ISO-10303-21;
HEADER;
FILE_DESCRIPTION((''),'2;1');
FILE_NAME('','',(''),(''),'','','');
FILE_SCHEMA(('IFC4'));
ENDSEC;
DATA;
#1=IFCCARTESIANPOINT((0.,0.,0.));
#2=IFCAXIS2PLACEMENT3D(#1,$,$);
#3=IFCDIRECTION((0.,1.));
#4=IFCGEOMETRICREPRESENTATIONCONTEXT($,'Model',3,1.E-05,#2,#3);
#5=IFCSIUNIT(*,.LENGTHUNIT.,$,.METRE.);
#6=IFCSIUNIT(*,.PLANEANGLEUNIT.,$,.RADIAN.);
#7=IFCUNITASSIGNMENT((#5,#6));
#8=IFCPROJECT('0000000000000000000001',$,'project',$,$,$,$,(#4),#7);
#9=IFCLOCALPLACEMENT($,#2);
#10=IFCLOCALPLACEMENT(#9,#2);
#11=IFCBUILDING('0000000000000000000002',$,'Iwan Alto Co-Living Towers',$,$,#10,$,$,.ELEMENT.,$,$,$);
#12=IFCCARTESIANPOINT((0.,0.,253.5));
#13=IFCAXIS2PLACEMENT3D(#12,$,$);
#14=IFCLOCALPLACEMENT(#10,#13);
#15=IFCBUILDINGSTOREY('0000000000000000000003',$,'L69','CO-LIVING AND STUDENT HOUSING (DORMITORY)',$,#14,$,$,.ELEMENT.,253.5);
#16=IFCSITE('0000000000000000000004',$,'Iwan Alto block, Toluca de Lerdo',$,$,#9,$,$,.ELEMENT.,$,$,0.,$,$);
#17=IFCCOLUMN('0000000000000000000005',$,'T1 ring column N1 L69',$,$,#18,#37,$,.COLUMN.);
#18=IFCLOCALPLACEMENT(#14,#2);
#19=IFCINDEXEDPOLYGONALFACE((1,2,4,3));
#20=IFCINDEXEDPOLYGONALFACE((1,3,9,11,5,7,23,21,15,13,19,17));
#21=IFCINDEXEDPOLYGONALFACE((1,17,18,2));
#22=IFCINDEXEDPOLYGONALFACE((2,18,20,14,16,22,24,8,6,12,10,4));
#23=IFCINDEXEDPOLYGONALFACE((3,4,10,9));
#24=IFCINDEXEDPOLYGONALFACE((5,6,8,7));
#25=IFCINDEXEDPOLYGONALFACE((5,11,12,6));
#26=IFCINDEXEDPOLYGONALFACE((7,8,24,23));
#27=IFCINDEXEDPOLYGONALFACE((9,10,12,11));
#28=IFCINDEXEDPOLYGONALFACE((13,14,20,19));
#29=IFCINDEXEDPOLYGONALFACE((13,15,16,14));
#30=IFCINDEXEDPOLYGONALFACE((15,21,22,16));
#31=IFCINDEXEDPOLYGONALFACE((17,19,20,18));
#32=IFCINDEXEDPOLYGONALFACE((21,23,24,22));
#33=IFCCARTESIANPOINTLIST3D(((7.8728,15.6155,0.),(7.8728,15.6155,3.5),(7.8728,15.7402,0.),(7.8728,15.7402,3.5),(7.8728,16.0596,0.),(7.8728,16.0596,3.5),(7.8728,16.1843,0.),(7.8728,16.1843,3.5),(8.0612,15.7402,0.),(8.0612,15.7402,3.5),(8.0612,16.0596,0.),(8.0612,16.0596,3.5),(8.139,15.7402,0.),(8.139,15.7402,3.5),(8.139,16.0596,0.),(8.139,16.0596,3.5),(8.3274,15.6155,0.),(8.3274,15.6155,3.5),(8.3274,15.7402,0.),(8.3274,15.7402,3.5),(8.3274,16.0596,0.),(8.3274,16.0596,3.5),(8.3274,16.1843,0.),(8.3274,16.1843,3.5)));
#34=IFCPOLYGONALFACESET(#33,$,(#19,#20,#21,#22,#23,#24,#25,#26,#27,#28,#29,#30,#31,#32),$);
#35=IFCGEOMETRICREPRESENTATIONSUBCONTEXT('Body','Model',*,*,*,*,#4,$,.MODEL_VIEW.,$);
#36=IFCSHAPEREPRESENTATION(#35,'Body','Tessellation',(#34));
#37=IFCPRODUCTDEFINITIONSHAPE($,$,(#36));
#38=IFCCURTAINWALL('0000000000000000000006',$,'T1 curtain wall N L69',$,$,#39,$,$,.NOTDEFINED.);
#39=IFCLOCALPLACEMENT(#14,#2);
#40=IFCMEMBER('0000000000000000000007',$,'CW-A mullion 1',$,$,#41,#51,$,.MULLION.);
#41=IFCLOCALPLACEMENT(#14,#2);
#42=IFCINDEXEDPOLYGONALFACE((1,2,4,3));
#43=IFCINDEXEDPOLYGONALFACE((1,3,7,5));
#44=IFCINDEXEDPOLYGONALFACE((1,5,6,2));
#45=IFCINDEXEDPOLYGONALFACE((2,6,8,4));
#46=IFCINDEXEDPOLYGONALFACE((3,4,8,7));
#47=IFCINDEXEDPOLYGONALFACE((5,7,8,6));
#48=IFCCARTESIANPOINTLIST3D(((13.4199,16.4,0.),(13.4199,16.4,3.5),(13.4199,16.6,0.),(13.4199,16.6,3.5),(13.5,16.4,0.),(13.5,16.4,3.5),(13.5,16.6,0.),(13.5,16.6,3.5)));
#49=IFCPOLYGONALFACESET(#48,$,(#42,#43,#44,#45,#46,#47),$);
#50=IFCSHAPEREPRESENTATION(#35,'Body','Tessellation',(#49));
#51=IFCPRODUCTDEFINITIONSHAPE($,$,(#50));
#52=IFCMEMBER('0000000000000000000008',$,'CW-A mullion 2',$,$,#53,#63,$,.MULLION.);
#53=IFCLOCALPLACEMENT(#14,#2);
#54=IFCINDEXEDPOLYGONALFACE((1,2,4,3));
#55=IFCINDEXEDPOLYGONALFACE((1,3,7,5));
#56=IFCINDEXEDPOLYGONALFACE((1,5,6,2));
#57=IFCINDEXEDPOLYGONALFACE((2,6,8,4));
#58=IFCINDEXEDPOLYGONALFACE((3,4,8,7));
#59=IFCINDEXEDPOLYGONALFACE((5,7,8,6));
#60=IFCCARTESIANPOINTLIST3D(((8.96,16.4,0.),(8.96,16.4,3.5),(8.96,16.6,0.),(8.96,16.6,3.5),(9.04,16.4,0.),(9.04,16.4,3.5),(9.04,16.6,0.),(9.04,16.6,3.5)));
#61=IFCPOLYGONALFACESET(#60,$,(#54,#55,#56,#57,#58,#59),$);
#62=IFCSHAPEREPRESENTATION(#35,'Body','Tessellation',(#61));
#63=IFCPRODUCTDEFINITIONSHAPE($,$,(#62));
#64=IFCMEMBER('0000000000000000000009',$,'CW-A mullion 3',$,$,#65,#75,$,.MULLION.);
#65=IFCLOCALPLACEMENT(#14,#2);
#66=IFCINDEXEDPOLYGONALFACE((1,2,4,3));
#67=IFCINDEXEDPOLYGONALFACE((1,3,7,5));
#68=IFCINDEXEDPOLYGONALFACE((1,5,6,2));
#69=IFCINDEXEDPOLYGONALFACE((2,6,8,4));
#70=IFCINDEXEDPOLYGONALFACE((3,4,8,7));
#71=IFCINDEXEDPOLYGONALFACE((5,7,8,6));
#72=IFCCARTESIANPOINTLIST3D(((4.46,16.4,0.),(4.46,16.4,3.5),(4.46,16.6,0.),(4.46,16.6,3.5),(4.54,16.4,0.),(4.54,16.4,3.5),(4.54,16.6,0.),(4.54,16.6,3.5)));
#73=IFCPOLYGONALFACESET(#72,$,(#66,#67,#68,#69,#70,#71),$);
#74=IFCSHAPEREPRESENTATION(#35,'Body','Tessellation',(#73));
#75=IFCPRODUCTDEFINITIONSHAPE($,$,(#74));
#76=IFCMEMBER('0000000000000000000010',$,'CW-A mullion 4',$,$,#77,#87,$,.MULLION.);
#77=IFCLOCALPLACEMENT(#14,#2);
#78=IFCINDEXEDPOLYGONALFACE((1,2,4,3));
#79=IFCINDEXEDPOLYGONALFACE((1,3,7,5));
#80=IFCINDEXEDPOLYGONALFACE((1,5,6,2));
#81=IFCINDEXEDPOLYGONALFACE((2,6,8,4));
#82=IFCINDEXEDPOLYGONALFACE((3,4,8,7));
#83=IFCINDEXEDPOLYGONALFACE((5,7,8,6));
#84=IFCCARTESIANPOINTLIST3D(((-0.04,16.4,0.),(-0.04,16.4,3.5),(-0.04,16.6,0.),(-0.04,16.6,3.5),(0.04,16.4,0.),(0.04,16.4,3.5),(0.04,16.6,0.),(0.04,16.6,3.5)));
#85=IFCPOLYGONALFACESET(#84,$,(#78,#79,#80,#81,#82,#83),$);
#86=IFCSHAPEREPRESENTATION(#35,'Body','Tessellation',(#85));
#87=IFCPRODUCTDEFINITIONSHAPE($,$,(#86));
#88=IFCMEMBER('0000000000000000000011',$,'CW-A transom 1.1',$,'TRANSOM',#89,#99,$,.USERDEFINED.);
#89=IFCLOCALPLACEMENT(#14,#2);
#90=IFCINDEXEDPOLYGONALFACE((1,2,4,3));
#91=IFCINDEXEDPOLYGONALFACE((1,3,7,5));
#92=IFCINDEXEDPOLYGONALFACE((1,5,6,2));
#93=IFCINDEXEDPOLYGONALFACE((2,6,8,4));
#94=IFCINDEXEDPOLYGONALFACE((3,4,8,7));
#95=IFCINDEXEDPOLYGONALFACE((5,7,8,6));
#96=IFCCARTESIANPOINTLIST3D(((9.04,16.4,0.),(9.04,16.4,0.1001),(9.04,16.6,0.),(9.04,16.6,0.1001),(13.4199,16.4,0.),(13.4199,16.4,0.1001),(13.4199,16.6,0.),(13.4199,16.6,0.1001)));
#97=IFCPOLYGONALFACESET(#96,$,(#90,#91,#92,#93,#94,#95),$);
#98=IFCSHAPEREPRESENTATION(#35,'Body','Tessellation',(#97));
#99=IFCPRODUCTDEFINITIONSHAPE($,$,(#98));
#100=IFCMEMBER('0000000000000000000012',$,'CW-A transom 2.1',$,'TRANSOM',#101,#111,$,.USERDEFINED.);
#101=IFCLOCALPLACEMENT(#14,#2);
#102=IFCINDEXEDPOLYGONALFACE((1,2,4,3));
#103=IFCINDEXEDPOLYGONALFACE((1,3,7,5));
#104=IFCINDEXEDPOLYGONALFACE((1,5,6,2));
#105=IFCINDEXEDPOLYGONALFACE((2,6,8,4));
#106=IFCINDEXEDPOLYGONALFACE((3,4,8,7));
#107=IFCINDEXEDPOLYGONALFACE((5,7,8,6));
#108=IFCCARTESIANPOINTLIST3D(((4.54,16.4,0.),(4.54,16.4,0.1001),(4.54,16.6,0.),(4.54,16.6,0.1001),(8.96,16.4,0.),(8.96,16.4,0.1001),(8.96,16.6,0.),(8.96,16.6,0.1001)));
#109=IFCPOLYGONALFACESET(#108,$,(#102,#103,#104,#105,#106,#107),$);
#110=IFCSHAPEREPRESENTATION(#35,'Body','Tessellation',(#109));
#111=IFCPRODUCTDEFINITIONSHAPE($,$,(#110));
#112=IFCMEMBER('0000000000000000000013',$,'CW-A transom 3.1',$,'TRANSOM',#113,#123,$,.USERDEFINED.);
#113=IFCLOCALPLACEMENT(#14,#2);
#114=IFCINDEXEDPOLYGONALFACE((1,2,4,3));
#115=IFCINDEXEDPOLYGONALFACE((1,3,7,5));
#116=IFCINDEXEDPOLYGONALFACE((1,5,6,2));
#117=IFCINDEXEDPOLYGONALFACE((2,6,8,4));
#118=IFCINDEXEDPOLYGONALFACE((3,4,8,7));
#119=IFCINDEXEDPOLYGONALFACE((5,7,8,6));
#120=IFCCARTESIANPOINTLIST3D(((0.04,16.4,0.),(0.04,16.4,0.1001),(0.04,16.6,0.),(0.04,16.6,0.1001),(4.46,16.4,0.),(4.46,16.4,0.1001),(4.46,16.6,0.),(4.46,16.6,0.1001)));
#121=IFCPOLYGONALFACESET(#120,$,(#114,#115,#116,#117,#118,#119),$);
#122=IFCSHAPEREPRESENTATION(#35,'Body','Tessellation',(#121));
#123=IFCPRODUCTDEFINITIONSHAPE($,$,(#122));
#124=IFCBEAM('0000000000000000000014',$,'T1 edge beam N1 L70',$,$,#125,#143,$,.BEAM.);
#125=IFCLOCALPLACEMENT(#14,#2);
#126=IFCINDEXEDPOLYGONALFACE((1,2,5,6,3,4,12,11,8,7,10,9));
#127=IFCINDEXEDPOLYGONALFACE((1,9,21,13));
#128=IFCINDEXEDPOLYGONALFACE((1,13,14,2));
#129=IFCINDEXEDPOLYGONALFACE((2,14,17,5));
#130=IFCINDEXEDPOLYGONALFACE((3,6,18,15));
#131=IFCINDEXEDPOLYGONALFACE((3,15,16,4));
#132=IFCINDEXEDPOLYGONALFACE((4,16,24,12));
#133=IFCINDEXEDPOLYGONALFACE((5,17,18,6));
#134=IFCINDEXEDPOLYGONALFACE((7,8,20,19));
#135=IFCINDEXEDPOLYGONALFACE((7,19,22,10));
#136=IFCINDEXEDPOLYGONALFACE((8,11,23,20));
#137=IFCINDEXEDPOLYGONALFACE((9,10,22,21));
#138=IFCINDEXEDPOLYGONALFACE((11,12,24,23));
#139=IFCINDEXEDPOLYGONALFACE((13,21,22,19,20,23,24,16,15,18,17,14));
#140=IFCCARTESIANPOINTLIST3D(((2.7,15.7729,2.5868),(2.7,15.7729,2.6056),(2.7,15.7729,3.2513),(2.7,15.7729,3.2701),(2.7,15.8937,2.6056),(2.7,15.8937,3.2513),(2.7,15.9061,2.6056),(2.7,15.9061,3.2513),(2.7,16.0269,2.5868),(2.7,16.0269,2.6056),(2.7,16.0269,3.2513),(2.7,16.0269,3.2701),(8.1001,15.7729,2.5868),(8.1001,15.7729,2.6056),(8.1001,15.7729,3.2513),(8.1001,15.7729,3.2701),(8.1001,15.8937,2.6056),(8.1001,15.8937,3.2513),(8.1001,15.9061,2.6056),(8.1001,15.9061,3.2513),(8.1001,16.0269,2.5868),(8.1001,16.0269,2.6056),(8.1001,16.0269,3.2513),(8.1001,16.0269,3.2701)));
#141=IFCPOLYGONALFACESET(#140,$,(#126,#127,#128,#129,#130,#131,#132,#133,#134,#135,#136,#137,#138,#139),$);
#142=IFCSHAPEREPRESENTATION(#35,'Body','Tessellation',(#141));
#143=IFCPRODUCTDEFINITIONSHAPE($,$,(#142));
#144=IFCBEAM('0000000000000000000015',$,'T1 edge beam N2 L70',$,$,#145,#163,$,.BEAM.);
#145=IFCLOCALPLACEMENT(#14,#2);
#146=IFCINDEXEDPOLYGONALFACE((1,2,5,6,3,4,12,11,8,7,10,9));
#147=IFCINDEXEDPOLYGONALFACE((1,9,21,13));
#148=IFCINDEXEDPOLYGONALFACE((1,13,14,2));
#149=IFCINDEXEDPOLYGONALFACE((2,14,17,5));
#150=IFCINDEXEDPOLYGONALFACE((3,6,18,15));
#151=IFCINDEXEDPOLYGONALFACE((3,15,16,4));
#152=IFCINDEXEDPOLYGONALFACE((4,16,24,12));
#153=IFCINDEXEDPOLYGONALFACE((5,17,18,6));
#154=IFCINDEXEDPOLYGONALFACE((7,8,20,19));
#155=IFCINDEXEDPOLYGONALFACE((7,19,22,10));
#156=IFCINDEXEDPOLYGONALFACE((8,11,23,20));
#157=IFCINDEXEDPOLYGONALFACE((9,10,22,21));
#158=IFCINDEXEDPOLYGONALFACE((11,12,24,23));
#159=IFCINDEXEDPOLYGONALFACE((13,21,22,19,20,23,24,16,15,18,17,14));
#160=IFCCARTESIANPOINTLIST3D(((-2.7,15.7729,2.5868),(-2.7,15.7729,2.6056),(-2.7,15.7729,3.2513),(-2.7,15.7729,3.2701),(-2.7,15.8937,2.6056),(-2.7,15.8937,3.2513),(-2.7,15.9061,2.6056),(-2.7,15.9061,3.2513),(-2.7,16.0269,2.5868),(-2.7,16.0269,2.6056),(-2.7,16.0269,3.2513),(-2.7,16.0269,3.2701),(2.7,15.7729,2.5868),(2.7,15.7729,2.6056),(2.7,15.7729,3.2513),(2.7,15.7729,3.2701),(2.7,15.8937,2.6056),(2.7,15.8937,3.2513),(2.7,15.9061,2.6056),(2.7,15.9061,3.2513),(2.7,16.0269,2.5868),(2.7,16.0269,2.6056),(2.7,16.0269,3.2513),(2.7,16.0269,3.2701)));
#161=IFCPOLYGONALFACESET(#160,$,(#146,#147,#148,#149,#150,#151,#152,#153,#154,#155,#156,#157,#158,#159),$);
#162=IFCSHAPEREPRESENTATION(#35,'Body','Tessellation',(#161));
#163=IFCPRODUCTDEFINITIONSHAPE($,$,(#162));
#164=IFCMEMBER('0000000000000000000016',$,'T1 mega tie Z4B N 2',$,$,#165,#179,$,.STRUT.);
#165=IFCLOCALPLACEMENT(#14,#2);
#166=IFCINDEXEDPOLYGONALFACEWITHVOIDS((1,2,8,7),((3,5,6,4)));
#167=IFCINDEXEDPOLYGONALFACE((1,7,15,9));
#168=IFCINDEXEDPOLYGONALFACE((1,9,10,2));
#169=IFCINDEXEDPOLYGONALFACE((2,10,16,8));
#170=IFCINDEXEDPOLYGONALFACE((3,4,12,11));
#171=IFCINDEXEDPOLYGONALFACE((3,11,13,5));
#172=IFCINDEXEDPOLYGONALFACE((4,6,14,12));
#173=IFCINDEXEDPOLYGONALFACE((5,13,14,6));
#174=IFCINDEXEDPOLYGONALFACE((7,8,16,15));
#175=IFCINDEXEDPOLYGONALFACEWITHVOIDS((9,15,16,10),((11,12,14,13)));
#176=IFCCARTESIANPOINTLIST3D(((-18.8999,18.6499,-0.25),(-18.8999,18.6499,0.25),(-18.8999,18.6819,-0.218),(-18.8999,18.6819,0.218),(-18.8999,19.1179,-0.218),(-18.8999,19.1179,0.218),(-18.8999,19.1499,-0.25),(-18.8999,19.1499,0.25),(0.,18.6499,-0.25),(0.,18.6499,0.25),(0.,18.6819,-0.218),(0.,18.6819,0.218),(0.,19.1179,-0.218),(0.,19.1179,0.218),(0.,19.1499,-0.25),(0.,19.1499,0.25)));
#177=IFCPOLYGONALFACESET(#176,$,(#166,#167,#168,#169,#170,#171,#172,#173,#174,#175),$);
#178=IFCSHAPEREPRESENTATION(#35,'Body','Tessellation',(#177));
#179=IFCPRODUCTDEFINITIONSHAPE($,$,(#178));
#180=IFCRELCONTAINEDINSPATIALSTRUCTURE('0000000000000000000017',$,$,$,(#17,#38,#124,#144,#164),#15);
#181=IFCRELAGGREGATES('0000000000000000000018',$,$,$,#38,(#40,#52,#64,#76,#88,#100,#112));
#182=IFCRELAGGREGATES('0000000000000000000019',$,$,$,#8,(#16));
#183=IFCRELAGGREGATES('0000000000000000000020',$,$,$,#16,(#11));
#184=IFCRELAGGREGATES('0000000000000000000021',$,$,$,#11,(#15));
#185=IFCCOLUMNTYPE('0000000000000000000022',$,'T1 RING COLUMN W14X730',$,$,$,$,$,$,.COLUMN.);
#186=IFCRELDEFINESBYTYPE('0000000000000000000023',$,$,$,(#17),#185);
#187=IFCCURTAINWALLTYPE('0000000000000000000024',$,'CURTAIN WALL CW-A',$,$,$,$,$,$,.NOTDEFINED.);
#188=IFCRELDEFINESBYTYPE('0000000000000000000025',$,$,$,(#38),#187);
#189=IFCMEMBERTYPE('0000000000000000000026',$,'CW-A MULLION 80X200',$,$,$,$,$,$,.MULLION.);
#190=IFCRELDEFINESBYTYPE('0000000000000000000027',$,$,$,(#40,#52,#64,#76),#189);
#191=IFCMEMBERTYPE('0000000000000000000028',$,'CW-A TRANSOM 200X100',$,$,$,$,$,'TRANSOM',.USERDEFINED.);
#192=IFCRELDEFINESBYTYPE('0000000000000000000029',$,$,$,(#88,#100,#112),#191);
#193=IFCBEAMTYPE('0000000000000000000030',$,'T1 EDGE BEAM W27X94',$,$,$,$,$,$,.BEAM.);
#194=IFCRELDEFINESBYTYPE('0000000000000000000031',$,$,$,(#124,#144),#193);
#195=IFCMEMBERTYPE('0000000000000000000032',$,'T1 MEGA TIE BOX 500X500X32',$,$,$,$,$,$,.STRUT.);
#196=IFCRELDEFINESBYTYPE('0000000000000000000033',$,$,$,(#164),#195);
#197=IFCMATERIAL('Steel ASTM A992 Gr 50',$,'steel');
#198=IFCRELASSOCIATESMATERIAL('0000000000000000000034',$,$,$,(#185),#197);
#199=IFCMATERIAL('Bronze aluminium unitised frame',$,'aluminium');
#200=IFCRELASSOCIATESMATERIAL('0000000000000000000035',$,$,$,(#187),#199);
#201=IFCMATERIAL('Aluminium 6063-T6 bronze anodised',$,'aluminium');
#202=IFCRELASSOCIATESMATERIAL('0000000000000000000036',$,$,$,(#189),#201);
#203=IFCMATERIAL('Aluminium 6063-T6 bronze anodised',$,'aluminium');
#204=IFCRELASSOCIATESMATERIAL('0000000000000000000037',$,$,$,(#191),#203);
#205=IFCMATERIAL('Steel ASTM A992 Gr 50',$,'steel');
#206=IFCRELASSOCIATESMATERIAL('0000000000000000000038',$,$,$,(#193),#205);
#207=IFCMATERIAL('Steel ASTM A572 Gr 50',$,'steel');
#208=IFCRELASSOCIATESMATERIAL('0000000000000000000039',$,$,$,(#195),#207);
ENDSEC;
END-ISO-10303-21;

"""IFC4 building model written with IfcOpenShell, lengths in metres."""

from ifc_helpers import new_model, si_unit, direction, frame, origin, origin_2d, place, context, subcontext, project, spatial, rectangle, hollow_rectangle, i_section, extrude, material, material_profile, profile_set, type_object, element, aggregate, save


model = new_model("IFC4")

# Units and contexts
model_context = context("Model", 3, precision=1e-05, world=origin(), true_north=direction((0.0, 1.0)))
body_context = subcontext(model_context, "Body", "Model", "MODEL_VIEW")
ifc_project = project(units=[si_unit("LENGTHUNIT", "METRE"), si_unit("PLANEANGLEUNIT", "RADIAN")], contexts=[model_context])

# Site, building, storey
site_placement = place(None, origin())
site = spatial("IfcSite", under=ifc_project, at=site_placement, Name="Iwan Alto block, Toluca de Lerdo", CompositionType="ELEMENT", RefElevation=0.0)
building_placement = place(site_placement, origin())
building = spatial("IfcBuilding", under=site, at=building_placement, Name="Iwan Alto Co-Living Towers", CompositionType="ELEMENT")
storey_placement = place(building_placement, frame((0.0, 0.0, 253.5)))
storey = spatial("IfcBuildingStorey", under=building, at=storey_placement, Name="L69", Description="CO-LIVING AND STUDENT HOUSING (DORMITORY)", CompositionType="ELEMENT", Elevation=253.5)

# Column
ifc_material_1 = material(Name="Steel ASTM A992 Gr 50", Category="steel")
ifc_material_profile_1 = material_profile(ifc_material_1, i_section(OverallWidth=0.4546, OverallDepth=0.5688, WebThickness=0.0779, FlangeThickness=0.1248, at=origin_2d()), Name="W14X730")
ifc_profile_set_1 = profile_set([ifc_material_profile_1], Name="Steel ASTM A992 Gr 50")
column_type = type_object("IfcColumnType", Name="T1 RING COLUMN W14X730", PredefinedType="COLUMN", material=ifc_profile_set_1)
column_placement = place(storey_placement, frame((8.1001, 15.8999, 0.0), z_axis=(0.0, 0.0, 1.0), x_axis=(1.0, 0.0, 0.0)))
element("IfcColumn", 1, at=column_placement, inside=storey, type_object=column_type, Name="T1 ring column N1 L69", PredefinedType="COLUMN", context=body_context, shape_type="SweptSolid", body=[
    extrude(i_section(OverallWidth=0.4546, OverallDepth=0.5688, WebThickness=0.0779, FlangeThickness=0.1248, at=origin_2d()), origin(), (0.0, 0.0, 1.0), 3.5),
])

# Curtain wall, members
ifc_material_2 = material(Name="Bronze aluminium unitised frame", Category="aluminium")
curtain_wall_type = type_object("IfcCurtainWallType", Name="CURTAIN WALL CW-A", PredefinedType="NOTDEFINED", material=ifc_material_2)
curtain_wall_placement = place(storey_placement, origin())
curtain_wall = element("IfcCurtainWall", 2, at=curtain_wall_placement, inside=storey, type_object=curtain_wall_type, Name="T1 curtain wall N L69", PredefinedType="NOTDEFINED")
ifc_material_3 = material(Name="Aluminium 6063-T6 bronze anodised", Category="aluminium")
ifc_material_profile_2 = material_profile(ifc_material_3, rectangle(XDim=0.2, YDim=0.0801, at=origin_2d()), Name="AL 80X200")
ifc_profile_set_2 = profile_set([ifc_material_profile_2], Name="Aluminium 6063-T6 bronze anodised")
member_type_1 = type_object("IfcMemberType", Name="CW-A MULLION 80X200", PredefinedType="MULLION", material=ifc_profile_set_2)
member_1_placement = place(storey_placement, frame((13.46, 16.5, 0.0), z_axis=(0.0, 0.0, 1.0), x_axis=(0.0, -1.0, 0.0)))
member_1 = element("IfcMember", 3, at=member_1_placement, type_object=member_type_1, Name="CW-A mullion 1", PredefinedType="MULLION", context=body_context, shape_type="SweptSolid", body=[
    extrude(rectangle(XDim=0.2, YDim=0.0801, at=origin_2d()), origin(), (0.0, 0.0, 1.0), 3.5),
])
member_2_placement = place(storey_placement, frame((9.0, 16.5, 0.0), z_axis=(0.0, 0.0, 1.0), x_axis=(0.0, -1.0, 0.0)))
member_2 = element("IfcMember", 4, at=member_2_placement, type_object=member_type_1, Name="CW-A mullion 2", PredefinedType="MULLION", context=body_context, shape_type="SweptSolid", body=[
    extrude(rectangle(XDim=0.2, YDim=0.0801, at=origin_2d()), origin(), (0.0, 0.0, 1.0), 3.5),
])
member_3_placement = place(storey_placement, frame((4.5, 16.5, 0.0), z_axis=(0.0, 0.0, 1.0), x_axis=(0.0, -1.0, 0.0)))
member_3 = element("IfcMember", 5, at=member_3_placement, type_object=member_type_1, Name="CW-A mullion 3", PredefinedType="MULLION", context=body_context, shape_type="SweptSolid", body=[
    extrude(rectangle(XDim=0.2, YDim=0.0801, at=origin_2d()), origin(), (0.0, 0.0, 1.0), 3.5),
])
member_4_placement = place(storey_placement, frame((0.0, 16.5, 0.0), z_axis=(0.0, 0.0, 1.0), x_axis=(0.0, -1.0, 0.0)))
member_4 = element("IfcMember", 6, at=member_4_placement, type_object=member_type_1, Name="CW-A mullion 4", PredefinedType="MULLION", context=body_context, shape_type="SweptSolid", body=[
    extrude(rectangle(XDim=0.2, YDim=0.0801, at=origin_2d()), origin(), (0.0, 0.0, 1.0), 3.5),
])
ifc_material_4 = material(Name="Aluminium 6063-T6 bronze anodised", Category="aluminium")
ifc_material_profile_3 = material_profile(ifc_material_4, rectangle(XDim=0.2, YDim=0.1001, at=origin_2d()), Name="AL 200X100")
ifc_profile_set_3 = profile_set([ifc_material_profile_3], Name="Aluminium 6063-T6 bronze anodised")
member_type_2 = type_object("IfcMemberType", Name="CW-A TRANSOM 200X100", ElementType="TRANSOM", PredefinedType="USERDEFINED", material=ifc_profile_set_3)
member_5_placement = place(storey_placement, frame((13.4199, 16.5, 0.05), z_axis=(-1.0, 0.0, 0.0), x_axis=(0.0, -1.0, 0.0)))
member_5 = element("IfcMember", 7, at=member_5_placement, type_object=member_type_2, Name="CW-A transom 1.1", ObjectType="TRANSOM", PredefinedType="USERDEFINED", context=body_context, shape_type="SweptSolid", body=[
    extrude(rectangle(XDim=0.2, YDim=0.1001, at=origin_2d()), origin(), (0.0, 0.0, 1.0), 4.3799),
])
member_6_placement = place(storey_placement, frame((8.96, 16.5, 0.05), z_axis=(-1.0, 0.0, 0.0), x_axis=(0.0, -1.0, 0.0)))
member_6 = element("IfcMember", 8, at=member_6_placement, type_object=member_type_2, Name="CW-A transom 2.1", ObjectType="TRANSOM", PredefinedType="USERDEFINED", context=body_context, shape_type="SweptSolid", body=[
    extrude(rectangle(XDim=0.2, YDim=0.1001, at=origin_2d()), origin(), (0.0, 0.0, 1.0), 4.4199),
])
member_7_placement = place(storey_placement, frame((4.46, 16.5, 0.05), z_axis=(-1.0, 0.0, 0.0), x_axis=(0.0, -1.0, 0.0)))
member_7 = element("IfcMember", 9, at=member_7_placement, type_object=member_type_2, Name="CW-A transom 3.1", ObjectType="TRANSOM", PredefinedType="USERDEFINED", context=body_context, shape_type="SweptSolid", body=[
    extrude(rectangle(XDim=0.2, YDim=0.1001, at=origin_2d()), origin(), (0.0, 0.0, 1.0), 4.4199),
])

# Beams
ifc_material_5 = material(Name="Steel ASTM A992 Gr 50", Category="steel")
ifc_material_profile_4 = material_profile(ifc_material_5, i_section(OverallWidth=0.2539, OverallDepth=0.6833, WebThickness=0.0125, FlangeThickness=0.0188, at=origin_2d()), Name="W27X94")
ifc_profile_set_4 = profile_set([ifc_material_profile_4], Name="Steel ASTM A992 Gr 50")
beam_type_1 = type_object("IfcBeamType", Name="T1 EDGE BEAM W27X94", PredefinedType="BEAM", material=ifc_profile_set_4)
beam_1_placement = place(storey_placement, frame((8.1001, 15.8999, 2.9285), z_axis=(-1.0, 0.0, 0.0), x_axis=(0.0, -1.0, 0.0)))
element("IfcBeam", 10, at=beam_1_placement, inside=storey, type_object=beam_type_1, Name="T1 edge beam N1 L70", PredefinedType="BEAM", context=body_context, shape_type="SweptSolid", body=[
    extrude(i_section(OverallWidth=0.2539, OverallDepth=0.6833, WebThickness=0.0125, FlangeThickness=0.0188, at=origin_2d()), origin(), (0.0, 0.0, 1.0), 5.4001),
])
beam_2_placement = place(storey_placement, frame((2.7, 15.8999, 2.9285), z_axis=(-1.0, 0.0, 0.0), x_axis=(0.0, -1.0, 0.0)))
element("IfcBeam", 11, at=beam_2_placement, inside=storey, type_object=beam_type_1, Name="T1 edge beam N2 L70", PredefinedType="BEAM", context=body_context, shape_type="SweptSolid", body=[
    extrude(i_section(OverallWidth=0.2539, OverallDepth=0.6833, WebThickness=0.0125, FlangeThickness=0.0188, at=origin_2d()), origin(), (0.0, 0.0, 1.0), 5.3999),
])

# Member
ifc_material_6 = material(Name="Steel ASTM A572 Gr 50", Category="steel")
ifc_material_profile_5 = material_profile(ifc_material_6, hollow_rectangle(XDim=0.5, YDim=0.5, WallThickness=0.032, at=origin_2d()), Name="BOX 500X500X32")
ifc_profile_set_5 = profile_set([ifc_material_profile_5], Name="Steel ASTM A572 Gr 50")
member_type_3 = type_object("IfcMemberType", Name="T1 MEGA TIE BOX 500X500X32", PredefinedType="STRUT", material=ifc_profile_set_5)
member_8_placement = place(storey_placement, frame((0.0, 18.8999, 0.0), z_axis=(-1.0, 0.0, 0.0), x_axis=(0.0, -1.0, 0.0)))
element("IfcMember", 12, at=member_8_placement, inside=storey, type_object=member_type_3, Name="T1 mega tie Z4B N 2", PredefinedType="STRUT", context=body_context, shape_type="SweptSolid", body=[
    extrude(hollow_rectangle(XDim=0.5, YDim=0.5, WallThickness=0.032, at=origin_2d()), origin(), (0.0, 0.0, 1.0), 18.8999),
])

aggregate(curtain_wall, [member_1, member_2, member_3, member_4, member_5, member_6, member_7])

save(model, "model.ifc")
